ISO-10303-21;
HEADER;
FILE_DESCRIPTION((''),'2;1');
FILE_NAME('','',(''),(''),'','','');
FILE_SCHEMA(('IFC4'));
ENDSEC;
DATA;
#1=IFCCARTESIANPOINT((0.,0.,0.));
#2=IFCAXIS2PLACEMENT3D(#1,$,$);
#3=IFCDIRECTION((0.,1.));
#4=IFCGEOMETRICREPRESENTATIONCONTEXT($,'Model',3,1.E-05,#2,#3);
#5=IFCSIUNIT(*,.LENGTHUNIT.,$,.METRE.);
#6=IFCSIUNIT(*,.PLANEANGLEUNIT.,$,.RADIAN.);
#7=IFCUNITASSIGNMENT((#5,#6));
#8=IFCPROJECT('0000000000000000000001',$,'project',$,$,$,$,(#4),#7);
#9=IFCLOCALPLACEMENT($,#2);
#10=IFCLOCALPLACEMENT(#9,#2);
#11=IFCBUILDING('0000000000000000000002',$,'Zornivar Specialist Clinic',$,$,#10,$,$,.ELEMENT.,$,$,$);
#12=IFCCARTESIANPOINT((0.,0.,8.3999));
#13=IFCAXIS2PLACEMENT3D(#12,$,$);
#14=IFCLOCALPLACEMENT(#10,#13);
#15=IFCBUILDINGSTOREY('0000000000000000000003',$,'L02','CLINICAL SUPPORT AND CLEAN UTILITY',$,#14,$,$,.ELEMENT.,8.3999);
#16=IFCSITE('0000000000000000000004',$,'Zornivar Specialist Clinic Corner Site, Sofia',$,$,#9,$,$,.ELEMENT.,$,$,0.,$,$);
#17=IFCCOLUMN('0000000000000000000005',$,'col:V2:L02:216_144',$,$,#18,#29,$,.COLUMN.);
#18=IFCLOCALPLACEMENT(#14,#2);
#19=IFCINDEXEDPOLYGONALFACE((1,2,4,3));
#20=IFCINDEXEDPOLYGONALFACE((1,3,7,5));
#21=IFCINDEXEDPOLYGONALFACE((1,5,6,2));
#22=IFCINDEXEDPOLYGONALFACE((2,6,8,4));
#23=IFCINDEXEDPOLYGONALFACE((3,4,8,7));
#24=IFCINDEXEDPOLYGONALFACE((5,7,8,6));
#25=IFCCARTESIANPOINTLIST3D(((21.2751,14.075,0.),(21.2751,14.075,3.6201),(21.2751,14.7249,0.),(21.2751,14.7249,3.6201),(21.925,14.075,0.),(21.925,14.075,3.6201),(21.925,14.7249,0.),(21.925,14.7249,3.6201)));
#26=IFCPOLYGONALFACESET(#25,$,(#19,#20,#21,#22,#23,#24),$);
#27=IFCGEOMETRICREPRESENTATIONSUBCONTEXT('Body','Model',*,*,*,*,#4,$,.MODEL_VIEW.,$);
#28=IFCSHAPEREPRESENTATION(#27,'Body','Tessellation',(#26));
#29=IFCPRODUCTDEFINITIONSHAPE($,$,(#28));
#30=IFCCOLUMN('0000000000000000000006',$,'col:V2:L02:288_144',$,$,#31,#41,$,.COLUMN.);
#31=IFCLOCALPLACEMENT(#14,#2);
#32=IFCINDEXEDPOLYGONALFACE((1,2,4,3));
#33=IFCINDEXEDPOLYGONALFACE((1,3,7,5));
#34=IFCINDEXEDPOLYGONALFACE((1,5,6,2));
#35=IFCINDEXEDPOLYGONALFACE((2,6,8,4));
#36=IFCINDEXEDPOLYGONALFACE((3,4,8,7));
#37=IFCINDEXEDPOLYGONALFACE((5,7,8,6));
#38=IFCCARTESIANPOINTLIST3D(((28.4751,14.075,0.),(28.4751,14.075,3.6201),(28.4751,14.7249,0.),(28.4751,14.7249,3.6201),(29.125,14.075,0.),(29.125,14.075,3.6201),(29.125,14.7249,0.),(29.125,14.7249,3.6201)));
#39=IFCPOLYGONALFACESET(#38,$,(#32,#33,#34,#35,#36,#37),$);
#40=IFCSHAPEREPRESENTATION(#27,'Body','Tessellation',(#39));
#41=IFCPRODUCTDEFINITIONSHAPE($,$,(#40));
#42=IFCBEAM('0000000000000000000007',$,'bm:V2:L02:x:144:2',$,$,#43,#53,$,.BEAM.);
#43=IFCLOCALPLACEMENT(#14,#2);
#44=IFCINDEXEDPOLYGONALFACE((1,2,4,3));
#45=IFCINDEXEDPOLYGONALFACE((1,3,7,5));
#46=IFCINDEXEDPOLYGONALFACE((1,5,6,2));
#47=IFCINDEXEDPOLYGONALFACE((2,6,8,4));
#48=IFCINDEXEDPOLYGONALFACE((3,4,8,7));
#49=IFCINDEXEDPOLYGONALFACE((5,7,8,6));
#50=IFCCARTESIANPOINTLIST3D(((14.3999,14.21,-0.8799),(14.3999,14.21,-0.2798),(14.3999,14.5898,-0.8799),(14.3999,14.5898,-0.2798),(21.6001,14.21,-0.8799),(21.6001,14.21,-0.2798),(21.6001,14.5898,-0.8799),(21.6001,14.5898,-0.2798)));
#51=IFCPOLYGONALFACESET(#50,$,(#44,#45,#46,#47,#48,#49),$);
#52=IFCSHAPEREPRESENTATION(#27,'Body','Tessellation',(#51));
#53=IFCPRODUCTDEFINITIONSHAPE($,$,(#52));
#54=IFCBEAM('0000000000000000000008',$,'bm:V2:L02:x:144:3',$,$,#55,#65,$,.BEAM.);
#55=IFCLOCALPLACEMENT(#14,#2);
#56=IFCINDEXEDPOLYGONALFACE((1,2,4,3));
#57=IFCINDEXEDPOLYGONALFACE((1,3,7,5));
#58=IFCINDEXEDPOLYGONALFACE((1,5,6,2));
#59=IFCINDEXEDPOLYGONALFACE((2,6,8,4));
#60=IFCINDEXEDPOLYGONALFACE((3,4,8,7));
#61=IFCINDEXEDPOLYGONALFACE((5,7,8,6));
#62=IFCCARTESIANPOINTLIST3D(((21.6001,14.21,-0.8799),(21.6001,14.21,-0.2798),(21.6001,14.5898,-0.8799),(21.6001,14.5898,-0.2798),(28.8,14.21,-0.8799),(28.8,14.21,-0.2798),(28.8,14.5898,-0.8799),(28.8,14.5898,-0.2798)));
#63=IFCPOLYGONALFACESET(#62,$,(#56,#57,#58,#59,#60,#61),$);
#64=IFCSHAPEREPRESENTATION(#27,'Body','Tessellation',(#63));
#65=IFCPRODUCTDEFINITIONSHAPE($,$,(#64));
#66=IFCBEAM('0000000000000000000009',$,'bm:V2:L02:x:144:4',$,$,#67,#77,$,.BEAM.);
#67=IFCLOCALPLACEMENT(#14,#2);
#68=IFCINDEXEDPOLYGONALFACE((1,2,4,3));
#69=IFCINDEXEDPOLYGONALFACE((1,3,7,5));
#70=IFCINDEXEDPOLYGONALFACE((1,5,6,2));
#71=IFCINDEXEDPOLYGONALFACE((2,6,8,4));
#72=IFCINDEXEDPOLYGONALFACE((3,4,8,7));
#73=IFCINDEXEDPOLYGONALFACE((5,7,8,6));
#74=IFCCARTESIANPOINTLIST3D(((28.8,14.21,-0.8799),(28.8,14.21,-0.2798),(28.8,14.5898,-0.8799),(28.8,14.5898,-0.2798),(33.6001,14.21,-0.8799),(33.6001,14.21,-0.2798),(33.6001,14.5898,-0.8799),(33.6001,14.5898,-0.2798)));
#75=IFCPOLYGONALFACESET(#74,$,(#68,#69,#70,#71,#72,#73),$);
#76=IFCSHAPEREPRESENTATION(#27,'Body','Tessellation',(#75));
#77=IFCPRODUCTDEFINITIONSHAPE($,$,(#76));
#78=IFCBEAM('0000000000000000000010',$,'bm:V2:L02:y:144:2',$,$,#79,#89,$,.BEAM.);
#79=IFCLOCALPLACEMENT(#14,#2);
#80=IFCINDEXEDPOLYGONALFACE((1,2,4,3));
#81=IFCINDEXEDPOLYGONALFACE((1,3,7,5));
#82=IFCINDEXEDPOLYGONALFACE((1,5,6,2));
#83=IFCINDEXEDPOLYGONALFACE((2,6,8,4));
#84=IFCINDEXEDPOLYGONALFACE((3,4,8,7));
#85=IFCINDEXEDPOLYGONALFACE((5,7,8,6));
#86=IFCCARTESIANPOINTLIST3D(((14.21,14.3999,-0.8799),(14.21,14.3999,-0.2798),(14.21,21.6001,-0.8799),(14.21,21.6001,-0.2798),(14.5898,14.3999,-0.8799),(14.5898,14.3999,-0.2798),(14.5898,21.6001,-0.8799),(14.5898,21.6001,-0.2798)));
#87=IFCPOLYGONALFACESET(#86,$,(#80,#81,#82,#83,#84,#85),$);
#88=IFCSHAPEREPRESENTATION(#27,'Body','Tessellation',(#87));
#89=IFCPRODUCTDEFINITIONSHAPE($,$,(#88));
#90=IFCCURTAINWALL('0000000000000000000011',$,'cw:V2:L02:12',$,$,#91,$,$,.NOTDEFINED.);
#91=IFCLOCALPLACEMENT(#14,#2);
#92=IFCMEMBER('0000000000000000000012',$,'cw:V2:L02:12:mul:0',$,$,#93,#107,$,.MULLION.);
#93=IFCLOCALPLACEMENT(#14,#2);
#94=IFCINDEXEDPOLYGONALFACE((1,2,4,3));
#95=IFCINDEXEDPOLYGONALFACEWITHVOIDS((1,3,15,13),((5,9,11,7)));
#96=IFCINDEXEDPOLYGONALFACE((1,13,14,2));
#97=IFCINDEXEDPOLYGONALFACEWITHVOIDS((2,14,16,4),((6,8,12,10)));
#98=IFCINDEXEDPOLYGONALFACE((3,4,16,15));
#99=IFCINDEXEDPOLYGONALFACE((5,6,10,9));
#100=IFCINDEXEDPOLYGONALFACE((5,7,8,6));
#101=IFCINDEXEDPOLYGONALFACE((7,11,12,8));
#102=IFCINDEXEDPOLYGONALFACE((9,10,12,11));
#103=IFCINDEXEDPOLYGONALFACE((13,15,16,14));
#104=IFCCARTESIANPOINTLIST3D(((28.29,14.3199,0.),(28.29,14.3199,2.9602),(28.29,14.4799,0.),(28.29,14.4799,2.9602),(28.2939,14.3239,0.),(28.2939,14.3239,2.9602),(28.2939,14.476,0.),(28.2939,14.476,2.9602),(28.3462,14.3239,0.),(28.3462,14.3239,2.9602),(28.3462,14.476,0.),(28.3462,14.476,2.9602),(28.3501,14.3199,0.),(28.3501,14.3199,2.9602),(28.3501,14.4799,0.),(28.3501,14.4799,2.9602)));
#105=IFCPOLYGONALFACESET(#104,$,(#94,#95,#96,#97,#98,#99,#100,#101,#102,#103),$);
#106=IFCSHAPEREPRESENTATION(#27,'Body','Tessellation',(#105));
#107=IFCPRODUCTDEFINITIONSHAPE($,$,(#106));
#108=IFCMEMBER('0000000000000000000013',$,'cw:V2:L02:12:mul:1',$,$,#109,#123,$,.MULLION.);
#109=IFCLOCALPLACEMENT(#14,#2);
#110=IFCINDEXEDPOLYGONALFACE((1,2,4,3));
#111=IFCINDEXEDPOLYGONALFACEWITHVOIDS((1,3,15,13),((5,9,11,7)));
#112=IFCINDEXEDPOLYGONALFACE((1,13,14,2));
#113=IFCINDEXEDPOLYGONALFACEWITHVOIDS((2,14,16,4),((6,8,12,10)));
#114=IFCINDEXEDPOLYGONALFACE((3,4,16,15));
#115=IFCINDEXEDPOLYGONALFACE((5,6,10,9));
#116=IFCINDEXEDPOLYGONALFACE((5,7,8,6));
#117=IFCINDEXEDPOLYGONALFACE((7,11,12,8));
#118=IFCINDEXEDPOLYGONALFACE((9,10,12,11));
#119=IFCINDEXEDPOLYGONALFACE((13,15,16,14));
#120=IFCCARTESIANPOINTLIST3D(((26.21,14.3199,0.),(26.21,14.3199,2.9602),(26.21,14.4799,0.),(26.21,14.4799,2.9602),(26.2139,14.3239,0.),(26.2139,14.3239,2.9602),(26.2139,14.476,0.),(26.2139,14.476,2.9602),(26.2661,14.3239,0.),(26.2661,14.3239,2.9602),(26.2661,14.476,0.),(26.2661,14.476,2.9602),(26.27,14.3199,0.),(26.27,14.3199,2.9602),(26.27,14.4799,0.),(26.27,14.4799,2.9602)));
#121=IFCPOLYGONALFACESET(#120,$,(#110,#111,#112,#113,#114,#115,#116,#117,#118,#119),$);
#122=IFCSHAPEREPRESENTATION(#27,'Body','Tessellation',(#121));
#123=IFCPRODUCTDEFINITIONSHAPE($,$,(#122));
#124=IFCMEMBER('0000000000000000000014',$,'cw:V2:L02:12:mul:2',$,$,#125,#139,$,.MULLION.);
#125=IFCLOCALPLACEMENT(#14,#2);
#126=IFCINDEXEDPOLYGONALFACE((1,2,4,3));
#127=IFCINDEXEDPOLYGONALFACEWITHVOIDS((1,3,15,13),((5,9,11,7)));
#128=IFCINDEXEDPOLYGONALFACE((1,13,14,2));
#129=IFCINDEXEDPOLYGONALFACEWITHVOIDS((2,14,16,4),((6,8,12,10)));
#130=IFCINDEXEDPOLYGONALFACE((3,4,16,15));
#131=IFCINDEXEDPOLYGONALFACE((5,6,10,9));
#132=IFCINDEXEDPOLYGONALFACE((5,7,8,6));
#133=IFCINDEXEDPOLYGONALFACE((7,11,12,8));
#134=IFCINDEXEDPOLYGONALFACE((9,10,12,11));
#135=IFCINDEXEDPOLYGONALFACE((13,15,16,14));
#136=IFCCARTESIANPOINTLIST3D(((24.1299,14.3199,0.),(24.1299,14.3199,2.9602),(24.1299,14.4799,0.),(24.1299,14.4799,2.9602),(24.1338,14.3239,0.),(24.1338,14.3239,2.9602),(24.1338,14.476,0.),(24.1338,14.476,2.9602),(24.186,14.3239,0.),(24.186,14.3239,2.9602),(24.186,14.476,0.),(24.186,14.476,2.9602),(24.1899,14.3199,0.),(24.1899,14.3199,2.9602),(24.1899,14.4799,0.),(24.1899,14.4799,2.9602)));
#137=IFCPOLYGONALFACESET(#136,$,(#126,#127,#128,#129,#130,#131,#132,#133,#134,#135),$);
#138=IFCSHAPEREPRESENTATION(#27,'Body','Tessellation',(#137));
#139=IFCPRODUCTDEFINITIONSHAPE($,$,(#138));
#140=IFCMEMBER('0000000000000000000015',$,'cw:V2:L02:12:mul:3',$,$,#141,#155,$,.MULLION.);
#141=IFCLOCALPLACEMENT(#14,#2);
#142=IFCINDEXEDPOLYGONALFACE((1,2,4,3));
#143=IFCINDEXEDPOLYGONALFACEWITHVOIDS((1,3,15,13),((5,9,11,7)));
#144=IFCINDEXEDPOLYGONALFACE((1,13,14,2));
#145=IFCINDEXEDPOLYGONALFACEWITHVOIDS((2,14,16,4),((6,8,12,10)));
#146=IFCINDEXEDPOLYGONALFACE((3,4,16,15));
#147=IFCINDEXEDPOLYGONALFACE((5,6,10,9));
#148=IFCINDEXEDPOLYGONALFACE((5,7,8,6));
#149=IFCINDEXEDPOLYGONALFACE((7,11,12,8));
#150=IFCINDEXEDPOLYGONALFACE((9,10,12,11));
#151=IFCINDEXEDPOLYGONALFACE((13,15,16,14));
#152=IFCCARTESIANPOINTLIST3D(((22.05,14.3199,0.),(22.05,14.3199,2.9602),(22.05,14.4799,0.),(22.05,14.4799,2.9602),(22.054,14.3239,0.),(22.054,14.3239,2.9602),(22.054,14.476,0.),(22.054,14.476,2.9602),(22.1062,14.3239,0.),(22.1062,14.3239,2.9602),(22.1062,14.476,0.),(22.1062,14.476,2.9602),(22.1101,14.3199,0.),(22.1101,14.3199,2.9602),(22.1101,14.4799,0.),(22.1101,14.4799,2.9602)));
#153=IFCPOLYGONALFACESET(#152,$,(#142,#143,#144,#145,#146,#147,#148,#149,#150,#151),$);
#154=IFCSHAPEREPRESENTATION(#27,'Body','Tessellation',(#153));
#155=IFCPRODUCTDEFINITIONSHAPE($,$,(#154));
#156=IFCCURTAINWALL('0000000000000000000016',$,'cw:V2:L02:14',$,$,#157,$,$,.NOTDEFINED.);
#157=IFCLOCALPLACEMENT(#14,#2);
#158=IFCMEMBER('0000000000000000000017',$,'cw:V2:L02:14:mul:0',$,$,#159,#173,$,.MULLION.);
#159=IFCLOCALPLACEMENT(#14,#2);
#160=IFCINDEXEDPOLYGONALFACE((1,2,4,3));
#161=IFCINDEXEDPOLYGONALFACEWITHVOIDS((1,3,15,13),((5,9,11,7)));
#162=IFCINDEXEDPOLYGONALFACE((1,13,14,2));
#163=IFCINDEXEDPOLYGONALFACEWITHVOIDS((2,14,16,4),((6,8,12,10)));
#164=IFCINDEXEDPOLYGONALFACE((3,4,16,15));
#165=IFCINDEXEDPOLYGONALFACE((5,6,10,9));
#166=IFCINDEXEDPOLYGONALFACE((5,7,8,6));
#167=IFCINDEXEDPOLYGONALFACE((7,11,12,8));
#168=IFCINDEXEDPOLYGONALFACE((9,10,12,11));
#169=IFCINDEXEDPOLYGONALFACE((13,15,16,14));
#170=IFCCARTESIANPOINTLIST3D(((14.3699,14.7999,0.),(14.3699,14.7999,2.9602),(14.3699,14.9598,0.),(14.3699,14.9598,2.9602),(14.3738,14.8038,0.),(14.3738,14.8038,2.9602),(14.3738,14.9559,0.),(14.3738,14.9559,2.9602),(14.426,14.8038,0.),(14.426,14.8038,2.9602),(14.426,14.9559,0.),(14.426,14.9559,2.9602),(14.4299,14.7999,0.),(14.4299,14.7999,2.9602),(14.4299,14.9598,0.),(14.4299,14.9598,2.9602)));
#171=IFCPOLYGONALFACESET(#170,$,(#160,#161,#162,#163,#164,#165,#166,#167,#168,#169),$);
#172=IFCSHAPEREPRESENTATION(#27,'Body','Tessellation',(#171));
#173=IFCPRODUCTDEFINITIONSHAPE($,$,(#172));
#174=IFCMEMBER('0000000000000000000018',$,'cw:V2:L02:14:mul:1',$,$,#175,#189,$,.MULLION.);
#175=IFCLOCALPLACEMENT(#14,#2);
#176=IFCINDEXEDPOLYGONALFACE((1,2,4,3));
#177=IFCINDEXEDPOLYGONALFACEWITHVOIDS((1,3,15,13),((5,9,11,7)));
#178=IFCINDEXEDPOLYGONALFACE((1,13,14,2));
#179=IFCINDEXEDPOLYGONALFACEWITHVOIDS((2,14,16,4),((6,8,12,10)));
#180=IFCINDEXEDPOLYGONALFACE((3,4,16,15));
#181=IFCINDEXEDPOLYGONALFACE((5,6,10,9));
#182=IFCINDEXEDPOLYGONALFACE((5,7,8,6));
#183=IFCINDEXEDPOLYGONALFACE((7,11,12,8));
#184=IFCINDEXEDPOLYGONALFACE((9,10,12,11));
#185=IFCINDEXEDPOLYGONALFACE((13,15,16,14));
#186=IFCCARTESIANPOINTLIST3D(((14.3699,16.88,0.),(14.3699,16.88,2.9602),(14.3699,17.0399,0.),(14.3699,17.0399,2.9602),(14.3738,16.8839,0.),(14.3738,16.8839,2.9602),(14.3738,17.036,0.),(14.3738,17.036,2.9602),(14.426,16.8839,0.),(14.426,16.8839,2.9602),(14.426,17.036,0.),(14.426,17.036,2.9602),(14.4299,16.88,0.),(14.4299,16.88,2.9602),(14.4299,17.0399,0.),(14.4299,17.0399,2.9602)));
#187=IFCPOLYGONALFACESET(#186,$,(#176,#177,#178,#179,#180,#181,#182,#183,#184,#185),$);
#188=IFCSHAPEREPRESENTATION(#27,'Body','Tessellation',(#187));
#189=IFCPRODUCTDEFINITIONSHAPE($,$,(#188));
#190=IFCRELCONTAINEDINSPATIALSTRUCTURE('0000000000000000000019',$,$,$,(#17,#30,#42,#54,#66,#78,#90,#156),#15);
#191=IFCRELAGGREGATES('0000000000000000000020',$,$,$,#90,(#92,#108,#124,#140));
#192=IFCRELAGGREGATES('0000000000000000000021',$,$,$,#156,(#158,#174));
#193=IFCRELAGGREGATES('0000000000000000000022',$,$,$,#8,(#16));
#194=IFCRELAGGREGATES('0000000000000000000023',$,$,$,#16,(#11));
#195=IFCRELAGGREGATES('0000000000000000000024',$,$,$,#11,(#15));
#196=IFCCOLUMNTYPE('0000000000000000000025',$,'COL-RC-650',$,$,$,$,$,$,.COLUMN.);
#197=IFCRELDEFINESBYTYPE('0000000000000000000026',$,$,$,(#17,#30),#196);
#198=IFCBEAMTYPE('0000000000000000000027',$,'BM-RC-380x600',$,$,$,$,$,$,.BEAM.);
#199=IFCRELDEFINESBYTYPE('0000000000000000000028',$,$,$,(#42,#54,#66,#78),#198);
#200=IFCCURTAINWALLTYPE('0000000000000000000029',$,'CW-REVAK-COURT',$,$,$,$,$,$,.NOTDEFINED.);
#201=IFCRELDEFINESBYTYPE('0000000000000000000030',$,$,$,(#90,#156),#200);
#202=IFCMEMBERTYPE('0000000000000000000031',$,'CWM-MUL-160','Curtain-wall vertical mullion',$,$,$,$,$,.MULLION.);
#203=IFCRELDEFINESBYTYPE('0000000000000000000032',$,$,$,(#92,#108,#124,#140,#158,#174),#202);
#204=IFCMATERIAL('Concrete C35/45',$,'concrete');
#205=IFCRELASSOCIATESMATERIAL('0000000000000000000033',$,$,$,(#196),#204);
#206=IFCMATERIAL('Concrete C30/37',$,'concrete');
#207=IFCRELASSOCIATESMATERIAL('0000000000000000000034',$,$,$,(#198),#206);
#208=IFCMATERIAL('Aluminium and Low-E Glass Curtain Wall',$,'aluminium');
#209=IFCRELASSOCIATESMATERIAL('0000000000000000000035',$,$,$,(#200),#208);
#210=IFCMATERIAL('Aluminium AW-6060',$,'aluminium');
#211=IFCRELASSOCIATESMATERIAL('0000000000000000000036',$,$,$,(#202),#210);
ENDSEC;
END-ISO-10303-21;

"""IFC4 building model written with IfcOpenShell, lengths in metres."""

from ifc_helpers import new_model, si_unit, direction, frame, origin, origin_2d, place, context, subcontext, project, spatial, rectangle, hollow_rectangle, extrude, material, material_profile, profile_set, type_object, element, aggregate, save


model = new_model("IFC4")

# Units and contexts
model_context = context("Model", 3, precision=1e-05, world=origin(), true_north=direction((0.0, 1.0)))
body_context = subcontext(model_context, "Body", "Model", "MODEL_VIEW")
ifc_project = project(units=[si_unit("LENGTHUNIT", "METRE"), si_unit("PLANEANGLEUNIT", "RADIAN")], contexts=[model_context])

# Site, building, storey
site_placement = place(None, origin())
site = spatial("IfcSite", under=ifc_project, at=site_placement, Name="Zornivar Specialist Clinic Corner Site, Sofia", CompositionType="ELEMENT", RefElevation=0.0)
building_placement = place(site_placement, origin())
building = spatial("IfcBuilding", under=site, at=building_placement, Name="Zornivar Specialist Clinic", CompositionType="ELEMENT")
storey_placement = place(building_placement, frame((0.0, 0.0, 8.3999)))
storey = spatial("IfcBuildingStorey", under=building, at=storey_placement, Name="L02", Description="CLINICAL SUPPORT AND CLEAN UTILITY", CompositionType="ELEMENT", Elevation=8.3999)

# Columns
ifc_material_1 = material(Name="Concrete C35/45", Category="concrete")
ifc_material_profile_1 = material_profile(ifc_material_1, rectangle(XDim=0.6499, YDim=0.6499, at=origin_2d()), Name="RC 650x650")
ifc_profile_set_1 = profile_set([ifc_material_profile_1], Name="Concrete C35/45")
column_type = type_object("IfcColumnType", Name="COL-RC-650", PredefinedType="COLUMN", material=ifc_profile_set_1)
for number, where, z_axis, x_axis, name in (
    (1, (21.6001, 14.3999, 0.0), (0.0, 0.0, 1.0), (1.0, 0.0, 0.0), "col:V2:L02:216_144"),
    (2, (28.8, 14.3999, 0.0), (0.0, 0.0, 1.0), (1.0, 0.0, 0.0), "col:V2:L02:288_144"),
):
    element("IfcColumn", number, at=place(storey_placement, frame(where, z_axis=z_axis, x_axis=x_axis)), inside=storey, type_object=column_type, Name=name, PredefinedType="COLUMN", context=body_context, shape_type="SweptSolid", body=[
        extrude(rectangle(XDim=0.6499, YDim=0.6499, at=origin_2d()), origin(), (0.0, 0.0, 1.0), 3.6201),
    ])

# Beams
ifc_material_2 = material(Name="Concrete C30/37", Category="concrete")
ifc_material_profile_2 = material_profile(ifc_material_2, rectangle(XDim=0.3799, YDim=0.6001, at=origin_2d()), Name="RC 380x600")
ifc_profile_set_2 = profile_set([ifc_material_profile_2], Name="Concrete C30/37")
beam_type = type_object("IfcBeamType", Name="BM-RC-380x600", PredefinedType="BEAM", material=ifc_profile_set_2)
beam_1_placement = place(storey_placement, frame((14.3999, 14.3999, -0.5798), z_axis=(1.0, 0.0, 0.0), x_axis=(0.0, 1.0, 0.0)))
element("IfcBeam", 3, at=beam_1_placement, inside=storey, type_object=beam_type, Name="bm:V2:L02:x:144:2", PredefinedType="BEAM", context=body_context, shape_type="SweptSolid", body=[
    extrude(rectangle(XDim=0.3799, YDim=0.6001, at=origin_2d()), origin(), (0.0, 0.0, 1.0), 7.2002),
])
beam_2_placement = place(storey_placement, frame((21.6001, 14.3999, -0.5798), z_axis=(1.0, 0.0, 0.0), x_axis=(0.0, 1.0, 0.0)))
element("IfcBeam", 4, at=beam_2_placement, inside=storey, type_object=beam_type, Name="bm:V2:L02:x:144:3", PredefinedType="BEAM", context=body_context, shape_type="SweptSolid", body=[
    extrude(rectangle(XDim=0.3799, YDim=0.6001, at=origin_2d()), origin(), (0.0, 0.0, 1.0), 7.2),
])
beam_3_placement = place(storey_placement, frame((28.8, 14.3999, -0.5798), z_axis=(1.0, 0.0, 0.0), x_axis=(0.0, 1.0, 0.0)))
element("IfcBeam", 5, at=beam_3_placement, inside=storey, type_object=beam_type, Name="bm:V2:L02:x:144:4", PredefinedType="BEAM", context=body_context, shape_type="SweptSolid", body=[
    extrude(rectangle(XDim=0.3799, YDim=0.6001, at=origin_2d()), origin(), (0.0, 0.0, 1.0), 4.8),
])
beam_4_placement = place(storey_placement, frame((14.3999, 14.3999, -0.5798), z_axis=(0.0, 1.0, 0.0), x_axis=(-1.0, 0.0, 0.0)))
element("IfcBeam", 6, at=beam_4_placement, inside=storey, type_object=beam_type, Name="bm:V2:L02:y:144:2", PredefinedType="BEAM", context=body_context, shape_type="SweptSolid", body=[
    extrude(rectangle(XDim=0.3799, YDim=0.6001, at=origin_2d()), origin(), (0.0, 0.0, 1.0), 7.2002),
])

# Curtain walls, members
ifc_material_3 = material(Name="Aluminium and Low-E Glass Curtain Wall", Category="aluminium")
curtain_wall_type = type_object("IfcCurtainWallType", Name="CW-REVAK-COURT", PredefinedType="NOTDEFINED", material=ifc_material_3)
curtain_wall_1_placement = place(storey_placement, origin())
curtain_wall_1 = element("IfcCurtainWall", 7, at=curtain_wall_1_placement, inside=storey, type_object=curtain_wall_type, Name="cw:V2:L02:12", PredefinedType="NOTDEFINED")
ifc_material_4 = material(Name="Aluminium AW-6060", Category="aluminium")
ifc_material_profile_3 = material_profile(ifc_material_4, hollow_rectangle(XDim=0.0601, YDim=0.1599, WallThickness=0.0039, at=origin_2d()), Name="ALU 60x160x4")
ifc_profile_set_3 = profile_set([ifc_material_profile_3], Name="Aluminium AW-6060")
member_type_1 = type_object("IfcMemberType", Name="CWM-MUL-160", Description="Curtain-wall vertical mullion", PredefinedType="MULLION", material=ifc_profile_set_3)
member_1_placement = place(storey_placement, frame((28.3201, 14.3999, 0.0), z_axis=(0.0, 0.0, 1.0), x_axis=(1.0, 0.0, 0.0)))
member_1 = element("IfcMember", 8, at=member_1_placement, type_object=member_type_1, Name="cw:V2:L02:12:mul:0", PredefinedType="MULLION", context=body_context, shape_type="SweptSolid", body=[
    extrude(hollow_rectangle(XDim=0.0601, YDim=0.1599, WallThickness=0.0039, at=origin_2d()), origin(), (0.0, 0.0, 1.0), 2.9602),
])
member_2_placement = place(storey_placement, frame((26.24, 14.3999, 0.0), z_axis=(0.0, 0.0, 1.0), x_axis=(1.0, 0.0, 0.0)))
member_2 = element("IfcMember", 9, at=member_2_placement, type_object=member_type_1, Name="cw:V2:L02:12:mul:1", PredefinedType="MULLION", context=body_context, shape_type="SweptSolid", body=[
    extrude(hollow_rectangle(XDim=0.0601, YDim=0.1599, WallThickness=0.0039, at=origin_2d()), origin(), (0.0, 0.0, 1.0), 2.9602),
])
member_3_placement = place(storey_placement, frame((24.1599, 14.3999, 0.0), z_axis=(0.0, 0.0, 1.0), x_axis=(1.0, 0.0, 0.0)))
member_3 = element("IfcMember", 10, at=member_3_placement, type_object=member_type_1, Name="cw:V2:L02:12:mul:2", PredefinedType="MULLION", context=body_context, shape_type="SweptSolid", body=[
    extrude(hollow_rectangle(XDim=0.0601, YDim=0.1599, WallThickness=0.0039, at=origin_2d()), origin(), (0.0, 0.0, 1.0), 2.9602),
])
member_4_placement = place(storey_placement, frame((22.0801, 14.3999, 0.0), z_axis=(0.0, 0.0, 1.0), x_axis=(1.0, 0.0, 0.0)))
member_4 = element("IfcMember", 11, at=member_4_placement, type_object=member_type_1, Name="cw:V2:L02:12:mul:3", PredefinedType="MULLION", context=body_context, shape_type="SweptSolid", body=[
    extrude(hollow_rectangle(XDim=0.0601, YDim=0.1599, WallThickness=0.0039, at=origin_2d()), origin(), (0.0, 0.0, 1.0), 2.9602),
])
curtain_wall_2_placement = place(storey_placement, origin())
curtain_wall_2 = element("IfcCurtainWall", 12, at=curtain_wall_2_placement, inside=storey, type_object=curtain_wall_type, Name="cw:V2:L02:14", PredefinedType="NOTDEFINED")
member_5_placement = place(storey_placement, frame((14.3999, 14.8799, 0.0), z_axis=(0.0, 0.0, 1.0), x_axis=(1.0, 0.0, 0.0)))
member_5 = element("IfcMember", 13, at=member_5_placement, type_object=member_type_1, Name="cw:V2:L02:14:mul:0", PredefinedType="MULLION", context=body_context, shape_type="SweptSolid", body=[
    extrude(hollow_rectangle(XDim=0.0601, YDim=0.1599, WallThickness=0.0039, at=origin_2d()), origin(), (0.0, 0.0, 1.0), 2.9602),
])
member_6_placement = place(storey_placement, frame((14.3999, 16.96, 0.0), z_axis=(0.0, 0.0, 1.0), x_axis=(1.0, 0.0, 0.0)))
member_6 = element("IfcMember", 14, at=member_6_placement, type_object=member_type_1, Name="cw:V2:L02:14:mul:1", PredefinedType="MULLION", context=body_context, shape_type="SweptSolid", body=[
    extrude(hollow_rectangle(XDim=0.0601, YDim=0.1599, WallThickness=0.0039, at=origin_2d()), origin(), (0.0, 0.0, 1.0), 2.9602),
])

aggregate(curtain_wall_1, [member_1, member_2, member_3, member_4])
aggregate(curtain_wall_2, [member_5, member_6])

save(model, "model.ifc")
